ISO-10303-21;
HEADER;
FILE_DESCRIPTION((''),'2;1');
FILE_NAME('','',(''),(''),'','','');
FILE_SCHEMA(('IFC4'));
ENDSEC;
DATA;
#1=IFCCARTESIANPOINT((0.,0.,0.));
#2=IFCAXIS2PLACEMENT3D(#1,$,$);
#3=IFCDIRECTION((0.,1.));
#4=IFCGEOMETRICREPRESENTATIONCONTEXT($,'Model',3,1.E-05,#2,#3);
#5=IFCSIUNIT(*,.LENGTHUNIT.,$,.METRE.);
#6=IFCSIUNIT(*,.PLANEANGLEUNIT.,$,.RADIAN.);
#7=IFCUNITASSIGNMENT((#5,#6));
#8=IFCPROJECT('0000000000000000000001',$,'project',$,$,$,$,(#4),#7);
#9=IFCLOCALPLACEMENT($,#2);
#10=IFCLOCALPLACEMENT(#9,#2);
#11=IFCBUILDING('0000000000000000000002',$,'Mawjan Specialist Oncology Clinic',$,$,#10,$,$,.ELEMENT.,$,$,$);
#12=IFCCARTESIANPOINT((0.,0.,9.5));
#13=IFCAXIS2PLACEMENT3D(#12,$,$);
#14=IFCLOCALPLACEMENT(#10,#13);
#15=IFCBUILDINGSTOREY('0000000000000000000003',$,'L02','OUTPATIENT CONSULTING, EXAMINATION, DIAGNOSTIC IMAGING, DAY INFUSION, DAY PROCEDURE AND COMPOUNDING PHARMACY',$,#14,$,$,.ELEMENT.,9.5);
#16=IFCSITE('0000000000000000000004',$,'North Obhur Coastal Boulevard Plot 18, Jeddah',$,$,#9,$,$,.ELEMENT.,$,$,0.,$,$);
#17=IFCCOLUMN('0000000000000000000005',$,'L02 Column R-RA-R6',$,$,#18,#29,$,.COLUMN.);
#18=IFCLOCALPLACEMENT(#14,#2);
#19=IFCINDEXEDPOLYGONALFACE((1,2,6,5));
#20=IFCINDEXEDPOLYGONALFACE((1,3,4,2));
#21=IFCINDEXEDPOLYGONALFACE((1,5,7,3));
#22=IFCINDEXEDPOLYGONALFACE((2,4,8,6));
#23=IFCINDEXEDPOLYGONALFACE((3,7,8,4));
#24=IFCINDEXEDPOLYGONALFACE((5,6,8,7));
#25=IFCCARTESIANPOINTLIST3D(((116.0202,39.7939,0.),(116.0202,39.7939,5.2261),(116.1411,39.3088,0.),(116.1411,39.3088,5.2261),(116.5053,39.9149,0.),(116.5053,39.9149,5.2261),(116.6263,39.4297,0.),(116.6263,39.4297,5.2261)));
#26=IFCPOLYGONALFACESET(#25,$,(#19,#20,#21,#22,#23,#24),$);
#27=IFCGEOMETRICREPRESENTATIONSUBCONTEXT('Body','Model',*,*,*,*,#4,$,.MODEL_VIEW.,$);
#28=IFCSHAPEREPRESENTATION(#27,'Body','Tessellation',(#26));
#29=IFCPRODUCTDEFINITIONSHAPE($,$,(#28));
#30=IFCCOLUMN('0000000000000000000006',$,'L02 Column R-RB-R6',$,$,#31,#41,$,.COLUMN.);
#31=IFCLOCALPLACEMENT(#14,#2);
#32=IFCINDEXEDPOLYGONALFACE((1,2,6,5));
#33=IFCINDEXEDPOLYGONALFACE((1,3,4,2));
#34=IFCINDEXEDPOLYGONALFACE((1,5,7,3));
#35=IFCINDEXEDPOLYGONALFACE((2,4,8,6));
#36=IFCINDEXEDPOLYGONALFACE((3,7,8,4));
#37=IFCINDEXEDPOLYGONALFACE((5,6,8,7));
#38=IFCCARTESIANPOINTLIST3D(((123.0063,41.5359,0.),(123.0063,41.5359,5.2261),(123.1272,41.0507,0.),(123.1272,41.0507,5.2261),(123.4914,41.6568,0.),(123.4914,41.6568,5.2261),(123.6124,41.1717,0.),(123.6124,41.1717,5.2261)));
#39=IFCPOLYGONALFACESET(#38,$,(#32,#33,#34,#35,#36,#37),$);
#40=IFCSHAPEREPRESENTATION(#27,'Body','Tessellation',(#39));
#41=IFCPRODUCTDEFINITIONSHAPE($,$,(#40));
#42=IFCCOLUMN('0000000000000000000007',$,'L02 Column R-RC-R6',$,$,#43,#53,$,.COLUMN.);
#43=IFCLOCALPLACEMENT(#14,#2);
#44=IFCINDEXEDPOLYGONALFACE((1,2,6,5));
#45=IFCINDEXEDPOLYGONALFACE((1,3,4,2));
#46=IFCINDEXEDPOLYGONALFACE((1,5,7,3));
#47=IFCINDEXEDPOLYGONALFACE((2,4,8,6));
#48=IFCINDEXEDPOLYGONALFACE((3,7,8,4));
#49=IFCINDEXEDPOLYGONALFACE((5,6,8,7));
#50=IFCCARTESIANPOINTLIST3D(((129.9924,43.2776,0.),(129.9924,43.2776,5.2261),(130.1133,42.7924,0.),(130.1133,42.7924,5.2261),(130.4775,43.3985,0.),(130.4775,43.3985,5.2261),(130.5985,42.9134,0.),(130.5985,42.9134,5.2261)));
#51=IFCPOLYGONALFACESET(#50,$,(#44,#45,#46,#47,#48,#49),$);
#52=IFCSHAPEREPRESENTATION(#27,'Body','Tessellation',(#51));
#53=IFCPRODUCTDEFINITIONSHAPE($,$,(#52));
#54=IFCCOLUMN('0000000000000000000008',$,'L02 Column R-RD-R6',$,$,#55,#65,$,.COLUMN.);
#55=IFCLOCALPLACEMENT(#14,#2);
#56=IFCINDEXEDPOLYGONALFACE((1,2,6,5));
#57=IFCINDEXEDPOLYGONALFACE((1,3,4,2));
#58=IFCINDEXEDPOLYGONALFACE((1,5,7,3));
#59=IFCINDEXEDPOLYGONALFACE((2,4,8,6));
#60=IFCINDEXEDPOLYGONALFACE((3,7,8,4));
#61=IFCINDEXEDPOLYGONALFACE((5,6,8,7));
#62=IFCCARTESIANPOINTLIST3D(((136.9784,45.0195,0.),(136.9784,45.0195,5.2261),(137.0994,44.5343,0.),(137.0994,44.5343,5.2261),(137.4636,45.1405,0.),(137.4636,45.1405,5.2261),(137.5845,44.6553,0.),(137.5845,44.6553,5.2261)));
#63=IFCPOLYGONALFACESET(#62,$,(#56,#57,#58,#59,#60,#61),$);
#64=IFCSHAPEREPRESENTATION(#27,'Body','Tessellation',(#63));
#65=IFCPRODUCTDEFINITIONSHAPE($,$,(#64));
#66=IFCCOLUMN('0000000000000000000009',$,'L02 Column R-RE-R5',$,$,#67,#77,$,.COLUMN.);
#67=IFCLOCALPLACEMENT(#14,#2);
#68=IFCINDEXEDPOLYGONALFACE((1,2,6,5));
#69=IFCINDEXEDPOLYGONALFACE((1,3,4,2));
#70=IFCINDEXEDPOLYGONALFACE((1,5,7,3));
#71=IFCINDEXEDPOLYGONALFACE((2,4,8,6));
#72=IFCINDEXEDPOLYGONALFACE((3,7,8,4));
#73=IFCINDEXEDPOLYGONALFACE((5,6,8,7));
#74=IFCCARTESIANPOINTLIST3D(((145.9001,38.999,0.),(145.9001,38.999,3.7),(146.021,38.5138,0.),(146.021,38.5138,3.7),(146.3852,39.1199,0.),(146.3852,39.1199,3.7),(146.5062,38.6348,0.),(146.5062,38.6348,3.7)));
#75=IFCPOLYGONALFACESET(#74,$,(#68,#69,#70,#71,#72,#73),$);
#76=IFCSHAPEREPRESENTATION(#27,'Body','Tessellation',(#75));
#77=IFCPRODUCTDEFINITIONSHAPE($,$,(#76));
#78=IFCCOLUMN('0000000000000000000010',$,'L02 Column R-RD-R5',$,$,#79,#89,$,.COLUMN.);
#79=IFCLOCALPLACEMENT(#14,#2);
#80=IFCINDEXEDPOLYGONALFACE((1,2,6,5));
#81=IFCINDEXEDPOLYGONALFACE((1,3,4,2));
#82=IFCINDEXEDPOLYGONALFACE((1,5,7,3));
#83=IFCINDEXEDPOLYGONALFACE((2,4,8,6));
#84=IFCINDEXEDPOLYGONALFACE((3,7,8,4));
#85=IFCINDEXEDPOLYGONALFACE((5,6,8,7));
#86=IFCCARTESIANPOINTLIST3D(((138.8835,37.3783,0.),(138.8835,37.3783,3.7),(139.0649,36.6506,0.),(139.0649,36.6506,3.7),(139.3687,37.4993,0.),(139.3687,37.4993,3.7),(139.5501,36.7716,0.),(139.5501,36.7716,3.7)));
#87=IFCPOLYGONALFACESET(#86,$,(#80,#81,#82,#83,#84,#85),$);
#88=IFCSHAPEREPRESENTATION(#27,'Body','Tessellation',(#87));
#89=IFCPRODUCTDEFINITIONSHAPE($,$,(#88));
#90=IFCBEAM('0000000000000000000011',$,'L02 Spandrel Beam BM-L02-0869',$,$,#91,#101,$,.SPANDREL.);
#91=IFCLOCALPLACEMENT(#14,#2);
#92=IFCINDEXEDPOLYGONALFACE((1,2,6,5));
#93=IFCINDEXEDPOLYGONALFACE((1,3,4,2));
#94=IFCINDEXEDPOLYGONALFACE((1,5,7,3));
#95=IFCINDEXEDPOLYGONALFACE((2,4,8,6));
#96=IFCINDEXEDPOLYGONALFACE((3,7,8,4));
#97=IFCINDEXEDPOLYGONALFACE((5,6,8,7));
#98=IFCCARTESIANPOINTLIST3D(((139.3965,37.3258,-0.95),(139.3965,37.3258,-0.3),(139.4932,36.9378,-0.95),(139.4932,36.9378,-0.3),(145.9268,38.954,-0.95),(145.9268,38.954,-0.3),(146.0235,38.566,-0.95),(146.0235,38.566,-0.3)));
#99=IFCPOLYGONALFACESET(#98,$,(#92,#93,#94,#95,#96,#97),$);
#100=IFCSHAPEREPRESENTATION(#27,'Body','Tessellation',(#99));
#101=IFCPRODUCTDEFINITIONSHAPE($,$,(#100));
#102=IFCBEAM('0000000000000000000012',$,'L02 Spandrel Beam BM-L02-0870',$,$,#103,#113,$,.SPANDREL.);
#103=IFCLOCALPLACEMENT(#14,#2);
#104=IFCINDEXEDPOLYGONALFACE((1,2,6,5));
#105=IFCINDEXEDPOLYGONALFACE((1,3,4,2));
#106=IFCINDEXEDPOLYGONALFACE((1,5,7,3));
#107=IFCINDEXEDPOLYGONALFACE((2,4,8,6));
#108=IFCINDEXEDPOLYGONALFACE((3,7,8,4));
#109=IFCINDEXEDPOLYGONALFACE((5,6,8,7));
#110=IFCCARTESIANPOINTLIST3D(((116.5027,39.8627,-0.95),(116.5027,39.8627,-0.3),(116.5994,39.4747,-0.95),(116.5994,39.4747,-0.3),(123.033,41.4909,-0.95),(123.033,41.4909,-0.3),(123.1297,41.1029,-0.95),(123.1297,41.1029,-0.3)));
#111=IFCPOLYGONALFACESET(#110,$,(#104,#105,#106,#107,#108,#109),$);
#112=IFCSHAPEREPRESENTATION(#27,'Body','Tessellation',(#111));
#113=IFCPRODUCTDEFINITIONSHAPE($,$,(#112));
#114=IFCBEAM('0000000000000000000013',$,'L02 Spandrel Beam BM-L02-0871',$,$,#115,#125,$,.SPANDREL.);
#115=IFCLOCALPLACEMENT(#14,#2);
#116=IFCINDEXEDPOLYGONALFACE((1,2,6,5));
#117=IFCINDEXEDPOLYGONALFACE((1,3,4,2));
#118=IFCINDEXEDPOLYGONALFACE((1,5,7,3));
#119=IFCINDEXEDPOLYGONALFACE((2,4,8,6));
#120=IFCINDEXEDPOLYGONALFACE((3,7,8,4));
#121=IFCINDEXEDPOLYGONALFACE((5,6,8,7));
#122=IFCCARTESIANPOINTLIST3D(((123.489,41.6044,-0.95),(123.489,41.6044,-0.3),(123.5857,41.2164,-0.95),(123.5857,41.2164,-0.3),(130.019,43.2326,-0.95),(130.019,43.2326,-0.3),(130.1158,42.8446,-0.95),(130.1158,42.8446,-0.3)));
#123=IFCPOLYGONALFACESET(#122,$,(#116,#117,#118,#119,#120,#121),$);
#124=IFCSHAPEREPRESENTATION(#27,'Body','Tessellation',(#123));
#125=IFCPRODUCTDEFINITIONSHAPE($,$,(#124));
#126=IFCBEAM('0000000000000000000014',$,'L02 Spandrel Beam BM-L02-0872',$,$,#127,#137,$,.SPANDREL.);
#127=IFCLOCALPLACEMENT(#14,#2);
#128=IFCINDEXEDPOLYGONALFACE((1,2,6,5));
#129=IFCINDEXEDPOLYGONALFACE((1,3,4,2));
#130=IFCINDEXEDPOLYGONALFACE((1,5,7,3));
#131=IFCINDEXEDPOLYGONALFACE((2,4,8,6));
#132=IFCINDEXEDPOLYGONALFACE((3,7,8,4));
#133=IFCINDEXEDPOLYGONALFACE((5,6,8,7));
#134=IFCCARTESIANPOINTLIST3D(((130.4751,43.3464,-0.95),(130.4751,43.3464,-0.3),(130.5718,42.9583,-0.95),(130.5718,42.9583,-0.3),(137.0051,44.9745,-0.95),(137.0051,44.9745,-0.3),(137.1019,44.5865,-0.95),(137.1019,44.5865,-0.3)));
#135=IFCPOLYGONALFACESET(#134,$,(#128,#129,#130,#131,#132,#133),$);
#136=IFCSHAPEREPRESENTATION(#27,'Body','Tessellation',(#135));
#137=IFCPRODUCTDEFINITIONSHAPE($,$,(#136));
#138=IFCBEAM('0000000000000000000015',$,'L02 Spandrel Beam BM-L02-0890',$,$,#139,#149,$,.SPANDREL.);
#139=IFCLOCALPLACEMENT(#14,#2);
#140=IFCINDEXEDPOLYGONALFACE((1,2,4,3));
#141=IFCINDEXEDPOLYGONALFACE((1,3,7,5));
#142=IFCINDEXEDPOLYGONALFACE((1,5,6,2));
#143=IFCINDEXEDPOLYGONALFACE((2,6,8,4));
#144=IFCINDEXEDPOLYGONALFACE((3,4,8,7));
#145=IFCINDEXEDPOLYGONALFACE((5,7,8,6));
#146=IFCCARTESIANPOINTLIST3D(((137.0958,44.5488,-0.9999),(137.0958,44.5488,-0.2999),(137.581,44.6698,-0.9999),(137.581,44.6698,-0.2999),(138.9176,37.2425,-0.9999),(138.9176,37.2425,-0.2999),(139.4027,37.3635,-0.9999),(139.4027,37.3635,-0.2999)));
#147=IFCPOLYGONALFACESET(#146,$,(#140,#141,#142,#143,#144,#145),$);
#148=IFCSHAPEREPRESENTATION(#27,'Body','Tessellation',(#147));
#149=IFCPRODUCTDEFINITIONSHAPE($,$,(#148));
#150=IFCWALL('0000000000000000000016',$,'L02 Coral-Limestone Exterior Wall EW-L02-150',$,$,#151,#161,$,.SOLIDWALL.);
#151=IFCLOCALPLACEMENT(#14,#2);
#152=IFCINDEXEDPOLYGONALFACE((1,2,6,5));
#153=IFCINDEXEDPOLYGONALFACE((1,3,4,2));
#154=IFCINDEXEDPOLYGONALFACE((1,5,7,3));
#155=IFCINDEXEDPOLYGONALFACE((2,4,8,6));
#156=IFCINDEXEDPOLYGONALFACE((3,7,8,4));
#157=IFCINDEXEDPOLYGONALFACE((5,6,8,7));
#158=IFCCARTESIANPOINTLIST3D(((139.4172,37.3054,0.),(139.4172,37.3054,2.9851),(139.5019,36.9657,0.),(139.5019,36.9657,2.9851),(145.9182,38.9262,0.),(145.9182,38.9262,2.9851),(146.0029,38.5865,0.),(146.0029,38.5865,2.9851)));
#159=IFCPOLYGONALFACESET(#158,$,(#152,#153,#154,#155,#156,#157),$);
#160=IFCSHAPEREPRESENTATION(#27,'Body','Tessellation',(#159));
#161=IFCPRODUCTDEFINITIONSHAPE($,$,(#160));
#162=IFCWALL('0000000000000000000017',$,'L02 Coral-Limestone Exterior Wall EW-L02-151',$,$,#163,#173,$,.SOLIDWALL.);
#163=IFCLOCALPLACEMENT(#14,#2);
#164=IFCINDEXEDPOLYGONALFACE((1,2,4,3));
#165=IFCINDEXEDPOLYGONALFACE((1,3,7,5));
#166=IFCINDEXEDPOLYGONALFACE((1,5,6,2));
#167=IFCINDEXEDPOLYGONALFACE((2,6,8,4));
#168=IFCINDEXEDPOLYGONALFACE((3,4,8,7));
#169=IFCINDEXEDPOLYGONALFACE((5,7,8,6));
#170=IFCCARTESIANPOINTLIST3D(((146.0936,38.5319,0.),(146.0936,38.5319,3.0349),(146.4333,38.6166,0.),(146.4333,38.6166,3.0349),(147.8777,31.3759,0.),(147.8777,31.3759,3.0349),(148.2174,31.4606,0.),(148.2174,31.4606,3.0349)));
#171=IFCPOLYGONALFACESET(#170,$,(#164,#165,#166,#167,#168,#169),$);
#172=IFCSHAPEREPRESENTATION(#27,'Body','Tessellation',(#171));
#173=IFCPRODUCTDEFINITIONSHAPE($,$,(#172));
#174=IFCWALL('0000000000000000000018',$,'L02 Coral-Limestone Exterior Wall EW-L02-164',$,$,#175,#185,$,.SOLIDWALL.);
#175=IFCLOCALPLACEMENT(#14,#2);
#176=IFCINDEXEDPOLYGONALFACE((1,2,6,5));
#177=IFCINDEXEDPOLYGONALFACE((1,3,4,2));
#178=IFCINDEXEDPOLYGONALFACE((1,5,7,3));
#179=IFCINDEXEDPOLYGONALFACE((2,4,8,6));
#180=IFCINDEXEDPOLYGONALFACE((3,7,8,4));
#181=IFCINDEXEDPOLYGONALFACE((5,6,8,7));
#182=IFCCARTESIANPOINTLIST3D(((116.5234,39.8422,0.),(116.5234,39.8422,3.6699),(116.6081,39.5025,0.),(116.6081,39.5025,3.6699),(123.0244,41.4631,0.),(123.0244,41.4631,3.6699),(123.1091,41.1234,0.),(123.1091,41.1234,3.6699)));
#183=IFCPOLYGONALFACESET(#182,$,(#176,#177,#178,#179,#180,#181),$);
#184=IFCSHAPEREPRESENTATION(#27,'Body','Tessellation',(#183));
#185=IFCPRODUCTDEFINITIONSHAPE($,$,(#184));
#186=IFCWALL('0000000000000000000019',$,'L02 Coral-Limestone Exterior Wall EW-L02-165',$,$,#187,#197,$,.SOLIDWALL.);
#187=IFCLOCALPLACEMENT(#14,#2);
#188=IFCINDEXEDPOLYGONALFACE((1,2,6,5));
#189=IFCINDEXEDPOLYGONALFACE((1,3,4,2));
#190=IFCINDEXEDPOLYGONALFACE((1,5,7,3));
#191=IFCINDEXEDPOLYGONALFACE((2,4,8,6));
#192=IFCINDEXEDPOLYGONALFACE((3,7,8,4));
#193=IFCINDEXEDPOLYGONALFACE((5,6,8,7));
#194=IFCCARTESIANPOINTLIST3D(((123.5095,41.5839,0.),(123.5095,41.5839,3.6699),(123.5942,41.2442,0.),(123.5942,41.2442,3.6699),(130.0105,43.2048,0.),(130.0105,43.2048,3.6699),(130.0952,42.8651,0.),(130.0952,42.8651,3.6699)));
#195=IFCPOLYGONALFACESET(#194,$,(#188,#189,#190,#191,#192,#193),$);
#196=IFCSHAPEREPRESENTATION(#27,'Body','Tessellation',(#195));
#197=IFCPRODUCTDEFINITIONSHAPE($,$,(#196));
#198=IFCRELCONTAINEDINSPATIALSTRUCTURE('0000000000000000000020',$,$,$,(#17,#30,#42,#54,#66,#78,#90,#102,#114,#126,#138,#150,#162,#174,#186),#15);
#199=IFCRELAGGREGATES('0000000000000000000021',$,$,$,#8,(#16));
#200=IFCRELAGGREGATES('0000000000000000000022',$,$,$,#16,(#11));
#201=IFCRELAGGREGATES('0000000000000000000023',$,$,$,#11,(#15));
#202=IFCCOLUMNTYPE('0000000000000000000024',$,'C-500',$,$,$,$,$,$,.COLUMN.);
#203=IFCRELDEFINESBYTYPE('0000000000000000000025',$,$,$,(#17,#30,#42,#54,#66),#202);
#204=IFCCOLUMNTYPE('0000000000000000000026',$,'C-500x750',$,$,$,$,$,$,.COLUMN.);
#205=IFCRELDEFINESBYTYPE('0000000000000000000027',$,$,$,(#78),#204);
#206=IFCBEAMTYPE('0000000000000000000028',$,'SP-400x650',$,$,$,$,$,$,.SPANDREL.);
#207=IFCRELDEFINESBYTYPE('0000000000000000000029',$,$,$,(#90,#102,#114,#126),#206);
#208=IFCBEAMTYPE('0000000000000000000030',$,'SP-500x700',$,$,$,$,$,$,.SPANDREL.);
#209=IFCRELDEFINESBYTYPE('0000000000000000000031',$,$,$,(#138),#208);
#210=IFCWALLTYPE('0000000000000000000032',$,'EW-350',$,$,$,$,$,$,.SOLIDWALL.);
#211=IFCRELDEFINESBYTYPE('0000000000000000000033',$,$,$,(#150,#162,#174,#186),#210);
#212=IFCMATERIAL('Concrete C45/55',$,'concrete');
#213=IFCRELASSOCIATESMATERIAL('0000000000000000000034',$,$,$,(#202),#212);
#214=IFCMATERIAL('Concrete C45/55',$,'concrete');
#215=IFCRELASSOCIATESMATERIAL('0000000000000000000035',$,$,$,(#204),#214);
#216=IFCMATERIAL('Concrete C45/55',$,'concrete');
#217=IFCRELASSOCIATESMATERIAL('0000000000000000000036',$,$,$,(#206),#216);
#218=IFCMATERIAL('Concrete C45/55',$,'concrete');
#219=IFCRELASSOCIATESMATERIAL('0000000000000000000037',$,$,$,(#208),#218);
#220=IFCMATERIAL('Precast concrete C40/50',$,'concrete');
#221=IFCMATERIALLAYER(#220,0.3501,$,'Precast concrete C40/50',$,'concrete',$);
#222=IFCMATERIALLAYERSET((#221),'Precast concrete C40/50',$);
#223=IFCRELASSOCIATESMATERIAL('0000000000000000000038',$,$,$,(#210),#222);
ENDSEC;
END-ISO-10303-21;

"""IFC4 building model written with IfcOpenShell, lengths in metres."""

from ifc_helpers import new_model, si_unit, direction, frame, frame_2d, origin, origin_2d, place, context, subcontext, project, spatial, rectangle, extrude, material, layer, layer_set, material_profile, profile_set, type_object, element, save


model = new_model("IFC4")

# Units and contexts
model_context = context("Model", 3, precision=1e-05, world=origin(), true_north=direction((0.0, 1.0)))
body_context = subcontext(model_context, "Body", "Model", "MODEL_VIEW")
ifc_project = project(units=[si_unit("LENGTHUNIT", "METRE"), si_unit("PLANEANGLEUNIT", "RADIAN")], contexts=[model_context])

# Site, building, storey
site_placement = place(None, origin())
site = spatial("IfcSite", under=ifc_project, at=site_placement, Name="North Obhur Coastal Boulevard Plot 18, Jeddah", CompositionType="ELEMENT", RefElevation=0.0)
building_placement = place(site_placement, origin())
building = spatial("IfcBuilding", under=site, at=building_placement, Name="Mawjan Specialist Oncology Clinic", CompositionType="ELEMENT")
storey_placement = place(building_placement, frame((0.0, 0.0, 9.5)))
storey = spatial("IfcBuildingStorey", under=building, at=storey_placement, Name="L02", Description="OUTPATIENT CONSULTING, EXAMINATION, DIAGNOSTIC IMAGING, DAY INFUSION, DAY PROCEDURE AND COMPOUNDING PHARMACY", CompositionType="ELEMENT", Elevation=9.5)

# Columns
ifc_material_1 = material(Name="Concrete C45/55", Category="concrete")
ifc_material_profile_1 = material_profile(ifc_material_1, rectangle(XDim=0.5, YDim=0.5, at=origin_2d()), Name="RC COL 500x500", Category="concrete")
ifc_profile_set_1 = profile_set([ifc_material_profile_1], Name="Concrete C45/55")
column_type_1 = type_object("IfcColumnType", Name="C-500", PredefinedType="COLUMN", material=ifc_profile_set_1)
for number, where, z_axis, x_axis, name in (
    (1, (116.3232, 39.6118, 0.0), (0.0, 0.0, 1.0), (0.970296, 0.241922, 0.0), "L02 Column R-RA-R6"),
    (2, (123.3093, 41.3538, 0.0), (0.0, 0.0, 1.0), (0.970296, 0.241922, 0.0), "L02 Column R-RB-R6"),
    (3, (130.2954, 43.0955, 0.0), (0.0, 0.0, 1.0), (0.970296, 0.241922, 0.0), "L02 Column R-RC-R6"),
    (4, (137.2815, 44.8374, 0.0), (0.0, 0.0, 1.0), (0.970296, 0.241922, 0.0), "L02 Column R-RD-R6"),
):
    element("IfcColumn", number, at=place(storey_placement, frame(where, z_axis=z_axis, x_axis=x_axis)), inside=storey, type_object=column_type_1, Name=name, PredefinedType="COLUMN", context=body_context, shape_type="SweptSolid", body=[
        extrude(rectangle(XDim=0.5, YDim=0.5, at=origin_2d()), origin(), (0.0, 0.0, 1.0), 5.2261),
    ])
column_1_placement = place(storey_placement, frame((146.2031, 38.8169, 0.0), z_axis=(0.0, 0.0, 1.0), x_axis=(0.970296, 0.241922, 0.0)))
element("IfcColumn", 5, at=column_1_placement, inside=storey, type_object=column_type_1, Name="L02 Column R-RE-R5", PredefinedType="COLUMN", context=body_context, shape_type="SweptSolid", body=[
    extrude(rectangle(XDim=0.5, YDim=0.5, at=origin_2d()), origin(), (0.0, 0.0, 1.0), 3.7),
])
ifc_material_2 = material(Name="Concrete C45/55", Category="concrete")
ifc_material_profile_2 = material_profile(ifc_material_2, rectangle(XDim=0.5, YDim=0.75, at=origin_2d()), Name="RC COL 500x750", Category="concrete")
ifc_profile_set_2 = profile_set([ifc_material_profile_2], Name="Concrete C45/55")
column_type_2 = type_object("IfcColumnType", Name="C-500x750", PredefinedType="COLUMN", material=ifc_profile_set_2)
column_2_placement = place(storey_placement, frame((139.2168, 37.075, 0.0), z_axis=(0.0, 0.0, 1.0), x_axis=(0.970296, 0.241922, 0.0)))
element("IfcColumn", 6, at=column_2_placement, inside=storey, type_object=column_type_2, Name="L02 Column R-RD-R5", PredefinedType="COLUMN", context=body_context, shape_type="SweptSolid", body=[
    extrude(rectangle(XDim=0.5, YDim=0.75, at=origin_2d()), origin(), (0.0, 0.0, 1.0), 3.7),
])

# Beams
ifc_material_3 = material(Name="Concrete C45/55", Category="concrete")
ifc_material_profile_3 = material_profile(ifc_material_3, rectangle(XDim=0.3999, YDim=0.6499, at=origin_2d()), Name="RC BM 400x650", Category="concrete")
ifc_profile_set_3 = profile_set([ifc_material_profile_3], Name="Concrete C45/55")
beam_type_1 = type_object("IfcBeamType", Name="SP-400x650", PredefinedType="SPANDREL", material=ifc_profile_set_3)
for number, where, z_axis, x_axis, name in (
    (7, (139.4448, 37.1318, -0.625), (0.970296, 0.241921, 0.0), (-0.241921, 0.970296, 0.0), "L02 Spandrel Beam BM-L02-0869"),
    (8, (116.551, 39.6687, -0.625), (0.970296, 0.241921, 0.0), (-0.241921, 0.970296, 0.0), "L02 Spandrel Beam BM-L02-0870"),
):
    element("IfcBeam", number, at=place(storey_placement, frame(where, z_axis=z_axis, x_axis=x_axis)), inside=storey, type_object=beam_type_1, Name=name, PredefinedType="SPANDREL", context=body_context, shape_type="SweptSolid", body=[
        extrude(rectangle(XDim=0.3999, YDim=0.6499, at=origin_2d()), origin(), (0.0, 0.0, 1.0), 6.7302),
    ])
for number, where, z_axis, x_axis, name in (
    (9, (123.5374, 41.4104, -0.625), (0.970294, 0.24193, 0.0), (-0.24193, 0.970294, 0.0), "L02 Spandrel Beam BM-L02-0871"),
    (10, (130.5234, 43.1523, -0.625), (0.970294, 0.24193, 0.0), (-0.24193, 0.970294, 0.0), "L02 Spandrel Beam BM-L02-0872"),
):
    element("IfcBeam", number, at=place(storey_placement, frame(where, z_axis=z_axis, x_axis=x_axis)), inside=storey, type_object=beam_type_1, Name=name, PredefinedType="SPANDREL", context=body_context, shape_type="SweptSolid", body=[
        extrude(rectangle(XDim=0.3999, YDim=0.6499, at=origin_2d()), origin(), (0.0, 0.0, 1.0), 6.73),
    ])
ifc_material_4 = material(Name="Concrete C45/55", Category="concrete")
ifc_material_profile_4 = material_profile(ifc_material_4, rectangle(XDim=0.5, YDim=0.7, at=origin_2d()), Name="RC BM 500x700", Category="concrete")
ifc_profile_set_4 = profile_set([ifc_material_profile_4], Name="Concrete C45/55")
beam_type_2 = type_object("IfcBeamType", Name="SP-500x700", PredefinedType="SPANDREL", material=ifc_profile_set_4)
beam_placement = place(storey_placement, frame((139.1602, 37.303, -0.6499), z_axis=(-0.241933, 0.970293, 0.0), x_axis=(-0.970293, -0.241933, 0.0)))
element("IfcBeam", 11, at=beam_placement, inside=storey, type_object=beam_type_2, Name="L02 Spandrel Beam BM-L02-0890", PredefinedType="SPANDREL", context=body_context, shape_type="SweptSolid", body=[
    extrude(rectangle(XDim=0.5, YDim=0.7, at=origin_2d()), origin(), (0.0, 0.0, 1.0), 7.53),
])

# Walls
ifc_material_5 = material(Name="Precast concrete C40/50", Category="concrete")
ifc_layer_1 = layer(ifc_material_5, 0.3501, Name="Precast concrete C40/50", Category="concrete")
ifc_layer_set_1 = layer_set([ifc_layer_1], Name="Precast concrete C40/50")
wall_type_1 = type_object("IfcWallType", Name="EW-350", PredefinedType="SOLIDWALL", material=ifc_layer_set_1)
wall_1_placement = place(storey_placement, frame((139.4595, 37.1355, 0.0), z_axis=(0.0, 0.0, 1.0), x_axis=(0.970297, 0.241918, 0.0)))
element("IfcWall", 12, at=wall_1_placement, inside=storey, type_object=wall_type_1, Name="L02 Coral-Limestone Exterior Wall EW-L02-150", PredefinedType="SOLIDWALL", context=body_context, shape_type="SweptSolid", body=[
    extrude(rectangle(XDim=6.7, YDim=0.3501, at=frame_2d((3.3501, 0.0))), origin(), (0.0, 0.0, 1.0), 2.9851),
])
wall_2_placement = place(storey_placement, frame((146.2634, 38.5742, 0.0), z_axis=(0.0, 0.0, 1.0), x_axis=(0.24192, -0.970296, 0.0)))
element("IfcWall", 13, at=wall_2_placement, inside=storey, type_object=wall_type_1, Name="L02 Coral-Limestone Exterior Wall EW-L02-151", PredefinedType="SOLIDWALL", context=body_context, shape_type="SweptSolid", body=[
    extrude(rectangle(XDim=7.375, YDim=0.3501, at=frame_2d((3.6875, 0.0))), origin(), (0.0, 0.0, 1.0), 3.0349),
])
for number, where, z_axis, x_axis, name in (
    (14, (116.5657, 39.6724, 0.0), (0.0, 0.0, 1.0), (0.970297, 0.241918, 0.0), "L02 Coral-Limestone Exterior Wall EW-L02-164"),
    (15, (123.5518, 41.4141, 0.0), (0.0, 0.0, 1.0), (0.970297, 0.241918, 0.0), "L02 Coral-Limestone Exterior Wall EW-L02-165"),
):
    element("IfcWall", number, at=place(storey_placement, frame(where, z_axis=z_axis, x_axis=x_axis)), inside=storey, type_object=wall_type_1, Name=name, PredefinedType="SOLIDWALL", context=body_context, shape_type="SweptSolid", body=[
        extrude(rectangle(XDim=6.7, YDim=0.3501, at=frame_2d((3.3501, 0.0))), origin(), (0.0, 0.0, 1.0), 3.6699),
    ])

save(model, "model.ifc")
